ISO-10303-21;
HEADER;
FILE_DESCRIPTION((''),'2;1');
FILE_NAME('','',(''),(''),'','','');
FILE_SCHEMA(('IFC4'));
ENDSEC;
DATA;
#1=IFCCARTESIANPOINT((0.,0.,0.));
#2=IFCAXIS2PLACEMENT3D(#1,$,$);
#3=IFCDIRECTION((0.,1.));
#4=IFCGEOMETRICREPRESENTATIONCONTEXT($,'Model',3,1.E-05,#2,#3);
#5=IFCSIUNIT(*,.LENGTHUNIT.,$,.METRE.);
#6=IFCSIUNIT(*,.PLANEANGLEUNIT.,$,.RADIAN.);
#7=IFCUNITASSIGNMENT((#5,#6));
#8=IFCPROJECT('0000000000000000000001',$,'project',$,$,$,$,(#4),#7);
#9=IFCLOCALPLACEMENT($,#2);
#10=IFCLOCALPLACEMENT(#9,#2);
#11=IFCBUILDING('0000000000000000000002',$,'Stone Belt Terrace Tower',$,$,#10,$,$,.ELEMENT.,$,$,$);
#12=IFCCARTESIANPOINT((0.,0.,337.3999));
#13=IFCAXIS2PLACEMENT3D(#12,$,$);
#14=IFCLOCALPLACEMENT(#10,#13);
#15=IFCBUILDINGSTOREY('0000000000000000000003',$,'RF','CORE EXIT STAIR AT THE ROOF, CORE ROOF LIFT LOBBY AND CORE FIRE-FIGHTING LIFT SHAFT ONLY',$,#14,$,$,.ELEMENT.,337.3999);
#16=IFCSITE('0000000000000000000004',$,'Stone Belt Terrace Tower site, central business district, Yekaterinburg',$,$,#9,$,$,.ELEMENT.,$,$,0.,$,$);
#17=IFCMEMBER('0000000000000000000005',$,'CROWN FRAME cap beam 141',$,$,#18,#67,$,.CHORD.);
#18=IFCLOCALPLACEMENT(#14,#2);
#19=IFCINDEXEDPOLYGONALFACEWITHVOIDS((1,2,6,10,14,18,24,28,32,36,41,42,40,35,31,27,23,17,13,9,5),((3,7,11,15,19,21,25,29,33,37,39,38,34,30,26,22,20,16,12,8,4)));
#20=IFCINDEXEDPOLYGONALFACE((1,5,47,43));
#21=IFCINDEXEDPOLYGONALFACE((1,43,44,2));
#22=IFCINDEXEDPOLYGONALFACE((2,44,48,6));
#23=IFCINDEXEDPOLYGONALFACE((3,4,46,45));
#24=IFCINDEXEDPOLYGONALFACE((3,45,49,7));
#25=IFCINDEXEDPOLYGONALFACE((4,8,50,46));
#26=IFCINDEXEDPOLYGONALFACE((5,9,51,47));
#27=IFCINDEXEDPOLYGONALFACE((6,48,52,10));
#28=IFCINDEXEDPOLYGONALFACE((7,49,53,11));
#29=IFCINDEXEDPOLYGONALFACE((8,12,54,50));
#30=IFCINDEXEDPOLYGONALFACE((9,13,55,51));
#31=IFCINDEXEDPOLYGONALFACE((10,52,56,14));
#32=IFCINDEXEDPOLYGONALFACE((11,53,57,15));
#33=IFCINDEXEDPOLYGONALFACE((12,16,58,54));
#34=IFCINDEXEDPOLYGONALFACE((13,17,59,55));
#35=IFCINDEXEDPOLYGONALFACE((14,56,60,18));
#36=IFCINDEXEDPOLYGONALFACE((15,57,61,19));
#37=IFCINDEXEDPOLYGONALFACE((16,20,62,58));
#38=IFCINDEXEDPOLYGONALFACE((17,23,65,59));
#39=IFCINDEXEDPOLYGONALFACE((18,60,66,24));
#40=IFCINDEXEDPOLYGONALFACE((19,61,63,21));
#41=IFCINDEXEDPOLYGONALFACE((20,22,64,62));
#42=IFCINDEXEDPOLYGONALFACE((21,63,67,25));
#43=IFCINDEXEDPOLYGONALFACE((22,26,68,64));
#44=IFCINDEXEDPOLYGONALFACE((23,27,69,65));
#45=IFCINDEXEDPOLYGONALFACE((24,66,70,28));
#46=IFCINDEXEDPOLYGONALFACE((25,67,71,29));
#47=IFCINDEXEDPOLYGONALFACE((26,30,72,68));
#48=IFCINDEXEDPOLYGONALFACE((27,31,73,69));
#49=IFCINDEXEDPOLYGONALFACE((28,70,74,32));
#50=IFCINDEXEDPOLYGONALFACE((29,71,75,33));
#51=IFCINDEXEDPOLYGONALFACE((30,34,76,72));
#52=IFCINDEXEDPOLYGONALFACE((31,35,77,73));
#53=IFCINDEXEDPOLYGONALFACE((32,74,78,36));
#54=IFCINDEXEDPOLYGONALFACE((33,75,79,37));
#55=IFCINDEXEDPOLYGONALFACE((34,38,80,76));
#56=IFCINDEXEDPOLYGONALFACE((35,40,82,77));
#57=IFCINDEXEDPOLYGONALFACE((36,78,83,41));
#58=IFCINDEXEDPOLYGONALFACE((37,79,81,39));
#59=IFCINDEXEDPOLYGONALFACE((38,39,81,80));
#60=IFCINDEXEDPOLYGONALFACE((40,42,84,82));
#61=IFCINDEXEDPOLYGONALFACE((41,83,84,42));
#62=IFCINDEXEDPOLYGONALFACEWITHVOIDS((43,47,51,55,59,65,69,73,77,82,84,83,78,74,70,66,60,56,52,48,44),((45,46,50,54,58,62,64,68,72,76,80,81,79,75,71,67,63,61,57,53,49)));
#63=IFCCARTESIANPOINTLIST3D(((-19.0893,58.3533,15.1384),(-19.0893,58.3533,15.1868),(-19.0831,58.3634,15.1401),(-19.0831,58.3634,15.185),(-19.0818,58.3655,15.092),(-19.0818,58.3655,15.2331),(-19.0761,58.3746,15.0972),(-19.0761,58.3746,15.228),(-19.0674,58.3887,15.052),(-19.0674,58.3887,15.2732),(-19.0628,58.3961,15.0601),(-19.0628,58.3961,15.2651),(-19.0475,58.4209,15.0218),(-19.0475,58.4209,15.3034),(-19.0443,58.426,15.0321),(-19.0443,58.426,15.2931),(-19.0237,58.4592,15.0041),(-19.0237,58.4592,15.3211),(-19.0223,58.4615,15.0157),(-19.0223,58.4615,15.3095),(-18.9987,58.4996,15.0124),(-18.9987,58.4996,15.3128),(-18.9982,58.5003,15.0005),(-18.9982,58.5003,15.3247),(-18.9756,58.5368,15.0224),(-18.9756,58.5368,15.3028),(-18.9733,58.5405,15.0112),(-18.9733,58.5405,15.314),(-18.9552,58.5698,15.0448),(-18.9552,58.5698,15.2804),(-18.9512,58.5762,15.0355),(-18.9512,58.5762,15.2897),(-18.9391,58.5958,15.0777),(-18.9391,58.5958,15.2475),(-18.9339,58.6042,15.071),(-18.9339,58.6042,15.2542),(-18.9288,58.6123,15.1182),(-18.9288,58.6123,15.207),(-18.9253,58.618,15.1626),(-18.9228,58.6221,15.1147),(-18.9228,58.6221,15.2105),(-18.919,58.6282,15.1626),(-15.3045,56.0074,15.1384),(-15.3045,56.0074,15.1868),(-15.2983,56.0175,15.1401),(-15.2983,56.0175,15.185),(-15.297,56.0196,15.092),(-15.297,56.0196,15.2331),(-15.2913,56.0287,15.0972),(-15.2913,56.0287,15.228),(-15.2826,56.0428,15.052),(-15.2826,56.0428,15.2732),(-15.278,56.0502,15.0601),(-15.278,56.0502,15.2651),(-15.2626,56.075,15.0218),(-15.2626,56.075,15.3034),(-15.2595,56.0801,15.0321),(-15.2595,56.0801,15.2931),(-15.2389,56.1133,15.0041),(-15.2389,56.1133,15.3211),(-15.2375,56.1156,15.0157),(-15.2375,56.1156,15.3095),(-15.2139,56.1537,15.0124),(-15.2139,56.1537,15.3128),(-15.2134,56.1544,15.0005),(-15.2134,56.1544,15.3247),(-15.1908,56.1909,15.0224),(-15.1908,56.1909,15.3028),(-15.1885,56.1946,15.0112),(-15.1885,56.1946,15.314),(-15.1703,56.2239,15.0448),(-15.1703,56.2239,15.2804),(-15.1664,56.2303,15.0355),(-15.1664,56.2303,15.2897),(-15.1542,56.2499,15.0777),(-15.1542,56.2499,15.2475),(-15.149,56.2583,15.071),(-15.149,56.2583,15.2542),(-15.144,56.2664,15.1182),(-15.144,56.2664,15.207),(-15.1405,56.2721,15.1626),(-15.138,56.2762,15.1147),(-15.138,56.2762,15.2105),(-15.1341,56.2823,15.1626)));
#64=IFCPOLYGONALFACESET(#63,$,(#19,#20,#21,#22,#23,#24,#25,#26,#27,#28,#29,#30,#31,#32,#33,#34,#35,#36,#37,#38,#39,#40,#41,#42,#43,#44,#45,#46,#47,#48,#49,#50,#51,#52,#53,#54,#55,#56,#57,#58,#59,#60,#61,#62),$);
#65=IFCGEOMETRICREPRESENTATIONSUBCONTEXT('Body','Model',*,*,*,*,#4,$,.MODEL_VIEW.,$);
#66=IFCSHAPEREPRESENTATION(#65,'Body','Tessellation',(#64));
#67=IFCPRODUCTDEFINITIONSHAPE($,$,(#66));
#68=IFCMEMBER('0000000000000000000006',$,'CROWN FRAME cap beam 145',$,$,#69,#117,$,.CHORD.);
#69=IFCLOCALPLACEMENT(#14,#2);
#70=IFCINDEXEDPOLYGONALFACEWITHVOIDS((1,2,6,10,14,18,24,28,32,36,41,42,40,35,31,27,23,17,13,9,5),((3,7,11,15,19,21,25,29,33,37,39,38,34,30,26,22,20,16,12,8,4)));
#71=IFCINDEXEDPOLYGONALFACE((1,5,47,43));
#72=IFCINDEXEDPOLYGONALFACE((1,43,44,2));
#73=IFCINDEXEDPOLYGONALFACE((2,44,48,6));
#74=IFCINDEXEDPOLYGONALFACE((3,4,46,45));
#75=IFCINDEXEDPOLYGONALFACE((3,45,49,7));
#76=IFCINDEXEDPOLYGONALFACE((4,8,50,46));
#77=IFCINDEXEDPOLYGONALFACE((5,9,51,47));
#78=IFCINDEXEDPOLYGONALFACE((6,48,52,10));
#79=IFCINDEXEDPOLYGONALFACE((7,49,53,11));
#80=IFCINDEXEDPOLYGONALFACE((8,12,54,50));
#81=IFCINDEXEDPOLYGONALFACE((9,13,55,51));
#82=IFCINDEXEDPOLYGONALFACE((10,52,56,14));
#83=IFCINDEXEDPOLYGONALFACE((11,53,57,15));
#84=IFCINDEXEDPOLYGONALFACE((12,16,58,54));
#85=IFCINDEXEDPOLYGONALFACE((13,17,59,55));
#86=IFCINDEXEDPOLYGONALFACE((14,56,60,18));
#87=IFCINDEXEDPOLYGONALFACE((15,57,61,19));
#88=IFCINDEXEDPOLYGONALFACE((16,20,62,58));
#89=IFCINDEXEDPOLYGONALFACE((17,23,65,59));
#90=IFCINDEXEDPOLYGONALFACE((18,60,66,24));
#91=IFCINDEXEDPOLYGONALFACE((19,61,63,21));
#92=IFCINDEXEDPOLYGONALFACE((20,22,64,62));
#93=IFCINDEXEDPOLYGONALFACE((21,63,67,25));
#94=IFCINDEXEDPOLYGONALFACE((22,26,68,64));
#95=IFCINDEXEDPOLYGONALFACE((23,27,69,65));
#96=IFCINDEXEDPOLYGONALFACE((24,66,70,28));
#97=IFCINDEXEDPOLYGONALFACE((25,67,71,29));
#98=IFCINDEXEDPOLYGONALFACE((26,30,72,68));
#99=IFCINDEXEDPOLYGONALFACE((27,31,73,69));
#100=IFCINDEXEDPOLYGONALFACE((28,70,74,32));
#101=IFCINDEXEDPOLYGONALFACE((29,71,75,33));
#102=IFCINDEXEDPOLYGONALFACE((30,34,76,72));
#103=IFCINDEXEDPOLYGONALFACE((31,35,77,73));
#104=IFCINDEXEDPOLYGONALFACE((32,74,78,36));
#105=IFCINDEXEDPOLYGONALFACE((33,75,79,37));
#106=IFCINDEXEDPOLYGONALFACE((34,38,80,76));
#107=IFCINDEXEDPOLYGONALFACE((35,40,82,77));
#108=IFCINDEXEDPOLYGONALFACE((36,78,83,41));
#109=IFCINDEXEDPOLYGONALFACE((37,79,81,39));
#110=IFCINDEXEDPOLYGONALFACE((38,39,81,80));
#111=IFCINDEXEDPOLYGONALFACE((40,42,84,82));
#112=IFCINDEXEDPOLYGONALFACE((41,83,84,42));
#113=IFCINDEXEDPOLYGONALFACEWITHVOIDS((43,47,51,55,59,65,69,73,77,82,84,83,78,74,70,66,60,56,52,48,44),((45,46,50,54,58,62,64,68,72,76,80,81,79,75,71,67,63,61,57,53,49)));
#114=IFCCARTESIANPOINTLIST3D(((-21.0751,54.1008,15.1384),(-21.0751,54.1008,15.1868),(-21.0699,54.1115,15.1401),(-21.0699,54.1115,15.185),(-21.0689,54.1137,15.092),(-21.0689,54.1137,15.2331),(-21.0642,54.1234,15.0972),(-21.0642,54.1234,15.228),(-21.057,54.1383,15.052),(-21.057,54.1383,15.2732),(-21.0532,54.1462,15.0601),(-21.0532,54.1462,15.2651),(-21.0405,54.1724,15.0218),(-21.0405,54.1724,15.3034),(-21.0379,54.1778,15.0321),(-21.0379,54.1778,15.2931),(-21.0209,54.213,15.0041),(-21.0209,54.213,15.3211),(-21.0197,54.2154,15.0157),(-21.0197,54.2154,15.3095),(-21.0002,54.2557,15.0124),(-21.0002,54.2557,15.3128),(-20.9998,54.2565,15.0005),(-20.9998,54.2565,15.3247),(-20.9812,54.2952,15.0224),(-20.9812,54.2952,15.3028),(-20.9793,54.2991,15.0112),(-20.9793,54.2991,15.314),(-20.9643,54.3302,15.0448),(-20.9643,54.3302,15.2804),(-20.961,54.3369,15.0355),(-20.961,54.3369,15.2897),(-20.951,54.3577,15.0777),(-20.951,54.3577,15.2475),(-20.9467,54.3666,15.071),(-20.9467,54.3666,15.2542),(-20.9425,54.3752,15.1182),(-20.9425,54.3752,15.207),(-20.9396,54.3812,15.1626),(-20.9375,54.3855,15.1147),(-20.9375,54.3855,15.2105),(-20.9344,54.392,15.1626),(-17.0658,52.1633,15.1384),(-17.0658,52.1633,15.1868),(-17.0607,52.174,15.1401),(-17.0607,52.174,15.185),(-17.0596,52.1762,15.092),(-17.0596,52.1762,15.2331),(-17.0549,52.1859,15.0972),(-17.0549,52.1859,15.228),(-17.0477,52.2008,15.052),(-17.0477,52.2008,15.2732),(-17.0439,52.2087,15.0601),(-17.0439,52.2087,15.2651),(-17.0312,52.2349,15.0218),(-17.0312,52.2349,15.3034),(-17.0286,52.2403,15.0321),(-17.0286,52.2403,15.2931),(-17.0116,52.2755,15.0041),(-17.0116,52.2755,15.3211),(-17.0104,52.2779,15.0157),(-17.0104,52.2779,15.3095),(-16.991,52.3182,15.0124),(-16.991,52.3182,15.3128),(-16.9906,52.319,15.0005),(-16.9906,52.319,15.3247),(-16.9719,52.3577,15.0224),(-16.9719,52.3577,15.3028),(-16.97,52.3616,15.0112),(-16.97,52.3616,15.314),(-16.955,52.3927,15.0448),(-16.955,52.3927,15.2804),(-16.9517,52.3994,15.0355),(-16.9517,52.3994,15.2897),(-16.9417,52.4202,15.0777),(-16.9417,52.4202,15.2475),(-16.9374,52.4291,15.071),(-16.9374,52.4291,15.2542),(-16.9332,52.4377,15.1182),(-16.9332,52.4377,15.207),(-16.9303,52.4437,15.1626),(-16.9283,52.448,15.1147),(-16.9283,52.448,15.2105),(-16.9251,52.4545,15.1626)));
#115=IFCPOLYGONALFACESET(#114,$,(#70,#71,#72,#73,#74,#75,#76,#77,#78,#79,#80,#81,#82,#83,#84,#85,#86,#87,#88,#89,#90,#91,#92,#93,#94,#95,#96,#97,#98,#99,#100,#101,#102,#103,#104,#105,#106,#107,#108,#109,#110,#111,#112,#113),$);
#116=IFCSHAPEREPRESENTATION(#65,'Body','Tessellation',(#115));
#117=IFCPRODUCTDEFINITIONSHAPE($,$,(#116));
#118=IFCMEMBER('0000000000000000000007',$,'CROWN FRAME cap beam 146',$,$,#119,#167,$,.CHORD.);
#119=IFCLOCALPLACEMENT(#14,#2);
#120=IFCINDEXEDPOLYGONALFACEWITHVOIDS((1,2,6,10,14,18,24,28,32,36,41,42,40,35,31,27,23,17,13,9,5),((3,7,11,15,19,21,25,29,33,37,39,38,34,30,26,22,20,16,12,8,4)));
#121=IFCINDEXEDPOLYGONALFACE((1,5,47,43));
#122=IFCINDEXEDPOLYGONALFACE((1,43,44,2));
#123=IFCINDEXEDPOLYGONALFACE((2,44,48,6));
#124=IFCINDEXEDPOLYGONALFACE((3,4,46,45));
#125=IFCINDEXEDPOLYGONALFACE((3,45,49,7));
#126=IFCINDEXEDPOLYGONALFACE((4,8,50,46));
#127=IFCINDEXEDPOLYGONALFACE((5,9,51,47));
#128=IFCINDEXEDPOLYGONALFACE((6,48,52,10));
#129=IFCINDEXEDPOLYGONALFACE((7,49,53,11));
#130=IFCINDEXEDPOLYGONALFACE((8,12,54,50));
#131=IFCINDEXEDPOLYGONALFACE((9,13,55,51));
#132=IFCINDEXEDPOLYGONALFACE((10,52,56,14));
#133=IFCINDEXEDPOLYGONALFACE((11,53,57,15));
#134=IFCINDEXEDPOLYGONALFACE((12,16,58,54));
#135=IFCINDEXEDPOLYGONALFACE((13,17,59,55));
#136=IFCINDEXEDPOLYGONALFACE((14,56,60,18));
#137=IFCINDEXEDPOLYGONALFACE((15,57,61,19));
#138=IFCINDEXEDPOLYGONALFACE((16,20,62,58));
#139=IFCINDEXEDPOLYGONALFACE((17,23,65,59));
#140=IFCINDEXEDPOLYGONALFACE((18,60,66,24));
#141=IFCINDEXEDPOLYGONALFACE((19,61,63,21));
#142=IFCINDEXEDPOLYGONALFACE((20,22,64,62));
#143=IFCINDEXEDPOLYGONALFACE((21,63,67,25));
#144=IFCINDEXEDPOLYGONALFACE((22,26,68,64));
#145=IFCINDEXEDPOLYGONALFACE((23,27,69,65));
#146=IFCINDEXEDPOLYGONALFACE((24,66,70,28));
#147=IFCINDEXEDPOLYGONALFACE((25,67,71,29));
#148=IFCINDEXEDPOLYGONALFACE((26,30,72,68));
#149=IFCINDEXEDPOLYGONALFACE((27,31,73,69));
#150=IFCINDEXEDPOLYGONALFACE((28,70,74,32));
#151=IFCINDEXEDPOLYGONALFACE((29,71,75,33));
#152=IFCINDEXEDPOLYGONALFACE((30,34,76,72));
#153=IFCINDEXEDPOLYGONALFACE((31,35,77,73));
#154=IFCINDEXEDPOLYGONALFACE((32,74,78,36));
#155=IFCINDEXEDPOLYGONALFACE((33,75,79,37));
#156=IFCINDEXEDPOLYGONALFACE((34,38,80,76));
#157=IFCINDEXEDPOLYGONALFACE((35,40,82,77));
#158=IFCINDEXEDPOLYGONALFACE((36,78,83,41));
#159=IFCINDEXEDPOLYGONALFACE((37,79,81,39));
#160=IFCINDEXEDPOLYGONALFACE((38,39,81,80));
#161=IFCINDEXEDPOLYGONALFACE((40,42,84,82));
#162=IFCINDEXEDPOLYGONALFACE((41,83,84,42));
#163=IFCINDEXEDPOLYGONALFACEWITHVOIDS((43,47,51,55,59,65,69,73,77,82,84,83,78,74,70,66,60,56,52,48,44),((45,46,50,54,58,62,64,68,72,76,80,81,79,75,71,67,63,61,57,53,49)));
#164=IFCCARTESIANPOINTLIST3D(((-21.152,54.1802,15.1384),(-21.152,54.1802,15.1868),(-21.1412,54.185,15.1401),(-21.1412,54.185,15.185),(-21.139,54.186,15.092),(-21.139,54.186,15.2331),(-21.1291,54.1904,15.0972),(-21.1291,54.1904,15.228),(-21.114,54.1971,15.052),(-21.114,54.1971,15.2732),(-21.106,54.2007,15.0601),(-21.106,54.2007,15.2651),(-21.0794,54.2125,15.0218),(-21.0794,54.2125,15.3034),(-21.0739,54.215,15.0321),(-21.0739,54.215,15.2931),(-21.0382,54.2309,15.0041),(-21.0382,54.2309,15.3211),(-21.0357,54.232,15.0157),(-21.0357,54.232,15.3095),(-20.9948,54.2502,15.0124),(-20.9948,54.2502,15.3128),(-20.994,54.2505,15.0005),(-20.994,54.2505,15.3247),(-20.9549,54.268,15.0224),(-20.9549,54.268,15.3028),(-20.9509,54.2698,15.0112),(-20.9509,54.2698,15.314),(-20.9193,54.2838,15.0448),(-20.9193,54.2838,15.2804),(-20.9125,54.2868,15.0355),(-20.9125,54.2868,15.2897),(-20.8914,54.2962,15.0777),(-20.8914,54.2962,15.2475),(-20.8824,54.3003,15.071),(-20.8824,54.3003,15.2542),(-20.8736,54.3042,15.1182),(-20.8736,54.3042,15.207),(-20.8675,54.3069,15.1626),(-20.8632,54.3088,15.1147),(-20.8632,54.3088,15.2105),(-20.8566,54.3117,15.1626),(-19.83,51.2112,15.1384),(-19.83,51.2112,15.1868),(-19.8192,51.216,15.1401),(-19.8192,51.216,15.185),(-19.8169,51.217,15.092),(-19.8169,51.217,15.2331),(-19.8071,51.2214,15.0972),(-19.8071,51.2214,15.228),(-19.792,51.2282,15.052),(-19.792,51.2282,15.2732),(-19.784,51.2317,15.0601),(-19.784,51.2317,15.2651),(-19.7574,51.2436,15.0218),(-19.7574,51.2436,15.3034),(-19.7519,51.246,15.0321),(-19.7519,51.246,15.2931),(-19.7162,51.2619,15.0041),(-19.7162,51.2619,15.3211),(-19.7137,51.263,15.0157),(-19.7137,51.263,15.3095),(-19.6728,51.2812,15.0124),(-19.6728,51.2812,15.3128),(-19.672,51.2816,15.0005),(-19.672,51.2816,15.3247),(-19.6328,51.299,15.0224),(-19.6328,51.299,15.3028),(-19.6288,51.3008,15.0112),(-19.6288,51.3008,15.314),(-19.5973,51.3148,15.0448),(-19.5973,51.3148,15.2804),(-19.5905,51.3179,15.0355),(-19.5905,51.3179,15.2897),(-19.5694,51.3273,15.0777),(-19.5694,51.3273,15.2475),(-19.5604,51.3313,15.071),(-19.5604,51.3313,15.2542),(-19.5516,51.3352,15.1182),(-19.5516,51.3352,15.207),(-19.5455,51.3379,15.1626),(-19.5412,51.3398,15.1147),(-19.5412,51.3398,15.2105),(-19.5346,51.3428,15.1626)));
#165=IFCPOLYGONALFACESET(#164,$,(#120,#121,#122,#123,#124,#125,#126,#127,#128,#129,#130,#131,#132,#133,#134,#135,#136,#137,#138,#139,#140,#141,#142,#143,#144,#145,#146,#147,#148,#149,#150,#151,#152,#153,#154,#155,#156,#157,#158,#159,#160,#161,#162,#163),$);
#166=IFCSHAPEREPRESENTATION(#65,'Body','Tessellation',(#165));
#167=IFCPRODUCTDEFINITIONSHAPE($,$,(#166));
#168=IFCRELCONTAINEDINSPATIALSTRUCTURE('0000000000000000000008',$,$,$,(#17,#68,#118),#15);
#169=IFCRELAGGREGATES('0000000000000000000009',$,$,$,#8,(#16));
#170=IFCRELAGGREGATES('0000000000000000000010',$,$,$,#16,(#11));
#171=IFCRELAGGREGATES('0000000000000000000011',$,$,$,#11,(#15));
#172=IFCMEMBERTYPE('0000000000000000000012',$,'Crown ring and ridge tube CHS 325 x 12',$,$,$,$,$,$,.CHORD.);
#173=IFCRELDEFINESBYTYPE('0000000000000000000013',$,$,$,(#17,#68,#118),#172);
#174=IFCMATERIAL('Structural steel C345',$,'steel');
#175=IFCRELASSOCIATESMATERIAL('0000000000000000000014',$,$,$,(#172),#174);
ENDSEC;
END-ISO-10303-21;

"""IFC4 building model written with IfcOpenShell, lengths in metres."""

from ifc_helpers import new_model, si_unit, direction, frame, origin, origin_2d, place, context, subcontext, project, spatial, hollow_circle, extrude, material, material_profile, profile_set, type_object, element, save


model = new_model("IFC4")

# Units and contexts
model_context = context("Model", 3, precision=1e-05, world=origin(), true_north=direction((0.0, 1.0)))
body_context = subcontext(model_context, "Body", "Model", "MODEL_VIEW")
ifc_project = project(units=[si_unit("LENGTHUNIT", "METRE"), si_unit("PLANEANGLEUNIT", "RADIAN")], contexts=[model_context])

# Site, building, storey
site_placement = place(None, origin())
site = spatial("IfcSite", under=ifc_project, at=site_placement, Name="Stone Belt Terrace Tower site, central business district, Yekaterinburg", CompositionType="ELEMENT", RefElevation=0.0)
building_placement = place(site_placement, origin())
building = spatial("IfcBuilding", under=site, at=building_placement, Name="Stone Belt Terrace Tower", CompositionType="ELEMENT")
storey_placement = place(building_placement, frame((0.0, 0.0, 337.3999)))
storey = spatial("IfcBuildingStorey", under=building, at=storey_placement, Name="RF", Description="CORE EXIT STAIR AT THE ROOF, CORE ROOF LIFT LOBBY AND CORE FIRE-FIGHTING LIFT SHAFT ONLY", CompositionType="ELEMENT", Elevation=337.3999)

# Members
ifc_material_1 = material(Name="Structural steel C345", Category="steel")
ifc_material_profile = material_profile(ifc_material_1, hollow_circle(Radius=0.1626, WallThickness=0.012, at=origin_2d()), Name="Structural steel C345 CHS 325x12")
ifc_profile_set = profile_set([ifc_material_profile], Name="Structural steel C345")
member_type = type_object("IfcMemberType", Name="Crown ring and ridge tube CHS 325 x 12", PredefinedType="CHORD", material=ifc_profile_set)
for number, where, z_axis, x_axis, name in (
    (1, (-19.0046, 58.49, 15.1626), (0.849973, -0.526826, 0.0), (0.526826, 0.849973, 0.0), "CROWN FRAME cap beam 141"),
    (2, (-21.0051, 54.2456, 15.1626), (0.900377, -0.435111, 0.0), (0.435111, 0.900377, 0.0), "CROWN FRAME cap beam 145"),
):
    element("IfcMember", number, at=place(storey_placement, frame(where, z_axis=z_axis, x_axis=x_axis)), inside=storey, type_object=member_type, Name=name, PredefinedType="CHORD", context=body_context, shape_type="SweptSolid", body=[
        extrude(hollow_circle(Radius=0.1626, WallThickness=0.012, at=origin_2d()), origin(), (0.0, 0.0, 1.0), 4.4529),
    ])
for number, where, z_axis, x_axis, name in (
    (3, (-21.0051, 54.2456, 15.1626), (0.406773, -0.913529, 0.0), (0.913529, 0.406773, 0.0), "CROWN FRAME cap beam 146"),
):
    element("IfcMember", number, at=place(storey_placement, frame(where, z_axis=z_axis, x_axis=x_axis)), inside=storey, type_object=member_type, Name=name, PredefinedType="CHORD", context=body_context, shape_type="SweptSolid", body=[
        extrude(hollow_circle(Radius=0.1626, WallThickness=0.012, at=origin_2d()), origin(), (0.0, 0.0, 1.0), 3.25),
    ])

save(model, "model.ifc")
